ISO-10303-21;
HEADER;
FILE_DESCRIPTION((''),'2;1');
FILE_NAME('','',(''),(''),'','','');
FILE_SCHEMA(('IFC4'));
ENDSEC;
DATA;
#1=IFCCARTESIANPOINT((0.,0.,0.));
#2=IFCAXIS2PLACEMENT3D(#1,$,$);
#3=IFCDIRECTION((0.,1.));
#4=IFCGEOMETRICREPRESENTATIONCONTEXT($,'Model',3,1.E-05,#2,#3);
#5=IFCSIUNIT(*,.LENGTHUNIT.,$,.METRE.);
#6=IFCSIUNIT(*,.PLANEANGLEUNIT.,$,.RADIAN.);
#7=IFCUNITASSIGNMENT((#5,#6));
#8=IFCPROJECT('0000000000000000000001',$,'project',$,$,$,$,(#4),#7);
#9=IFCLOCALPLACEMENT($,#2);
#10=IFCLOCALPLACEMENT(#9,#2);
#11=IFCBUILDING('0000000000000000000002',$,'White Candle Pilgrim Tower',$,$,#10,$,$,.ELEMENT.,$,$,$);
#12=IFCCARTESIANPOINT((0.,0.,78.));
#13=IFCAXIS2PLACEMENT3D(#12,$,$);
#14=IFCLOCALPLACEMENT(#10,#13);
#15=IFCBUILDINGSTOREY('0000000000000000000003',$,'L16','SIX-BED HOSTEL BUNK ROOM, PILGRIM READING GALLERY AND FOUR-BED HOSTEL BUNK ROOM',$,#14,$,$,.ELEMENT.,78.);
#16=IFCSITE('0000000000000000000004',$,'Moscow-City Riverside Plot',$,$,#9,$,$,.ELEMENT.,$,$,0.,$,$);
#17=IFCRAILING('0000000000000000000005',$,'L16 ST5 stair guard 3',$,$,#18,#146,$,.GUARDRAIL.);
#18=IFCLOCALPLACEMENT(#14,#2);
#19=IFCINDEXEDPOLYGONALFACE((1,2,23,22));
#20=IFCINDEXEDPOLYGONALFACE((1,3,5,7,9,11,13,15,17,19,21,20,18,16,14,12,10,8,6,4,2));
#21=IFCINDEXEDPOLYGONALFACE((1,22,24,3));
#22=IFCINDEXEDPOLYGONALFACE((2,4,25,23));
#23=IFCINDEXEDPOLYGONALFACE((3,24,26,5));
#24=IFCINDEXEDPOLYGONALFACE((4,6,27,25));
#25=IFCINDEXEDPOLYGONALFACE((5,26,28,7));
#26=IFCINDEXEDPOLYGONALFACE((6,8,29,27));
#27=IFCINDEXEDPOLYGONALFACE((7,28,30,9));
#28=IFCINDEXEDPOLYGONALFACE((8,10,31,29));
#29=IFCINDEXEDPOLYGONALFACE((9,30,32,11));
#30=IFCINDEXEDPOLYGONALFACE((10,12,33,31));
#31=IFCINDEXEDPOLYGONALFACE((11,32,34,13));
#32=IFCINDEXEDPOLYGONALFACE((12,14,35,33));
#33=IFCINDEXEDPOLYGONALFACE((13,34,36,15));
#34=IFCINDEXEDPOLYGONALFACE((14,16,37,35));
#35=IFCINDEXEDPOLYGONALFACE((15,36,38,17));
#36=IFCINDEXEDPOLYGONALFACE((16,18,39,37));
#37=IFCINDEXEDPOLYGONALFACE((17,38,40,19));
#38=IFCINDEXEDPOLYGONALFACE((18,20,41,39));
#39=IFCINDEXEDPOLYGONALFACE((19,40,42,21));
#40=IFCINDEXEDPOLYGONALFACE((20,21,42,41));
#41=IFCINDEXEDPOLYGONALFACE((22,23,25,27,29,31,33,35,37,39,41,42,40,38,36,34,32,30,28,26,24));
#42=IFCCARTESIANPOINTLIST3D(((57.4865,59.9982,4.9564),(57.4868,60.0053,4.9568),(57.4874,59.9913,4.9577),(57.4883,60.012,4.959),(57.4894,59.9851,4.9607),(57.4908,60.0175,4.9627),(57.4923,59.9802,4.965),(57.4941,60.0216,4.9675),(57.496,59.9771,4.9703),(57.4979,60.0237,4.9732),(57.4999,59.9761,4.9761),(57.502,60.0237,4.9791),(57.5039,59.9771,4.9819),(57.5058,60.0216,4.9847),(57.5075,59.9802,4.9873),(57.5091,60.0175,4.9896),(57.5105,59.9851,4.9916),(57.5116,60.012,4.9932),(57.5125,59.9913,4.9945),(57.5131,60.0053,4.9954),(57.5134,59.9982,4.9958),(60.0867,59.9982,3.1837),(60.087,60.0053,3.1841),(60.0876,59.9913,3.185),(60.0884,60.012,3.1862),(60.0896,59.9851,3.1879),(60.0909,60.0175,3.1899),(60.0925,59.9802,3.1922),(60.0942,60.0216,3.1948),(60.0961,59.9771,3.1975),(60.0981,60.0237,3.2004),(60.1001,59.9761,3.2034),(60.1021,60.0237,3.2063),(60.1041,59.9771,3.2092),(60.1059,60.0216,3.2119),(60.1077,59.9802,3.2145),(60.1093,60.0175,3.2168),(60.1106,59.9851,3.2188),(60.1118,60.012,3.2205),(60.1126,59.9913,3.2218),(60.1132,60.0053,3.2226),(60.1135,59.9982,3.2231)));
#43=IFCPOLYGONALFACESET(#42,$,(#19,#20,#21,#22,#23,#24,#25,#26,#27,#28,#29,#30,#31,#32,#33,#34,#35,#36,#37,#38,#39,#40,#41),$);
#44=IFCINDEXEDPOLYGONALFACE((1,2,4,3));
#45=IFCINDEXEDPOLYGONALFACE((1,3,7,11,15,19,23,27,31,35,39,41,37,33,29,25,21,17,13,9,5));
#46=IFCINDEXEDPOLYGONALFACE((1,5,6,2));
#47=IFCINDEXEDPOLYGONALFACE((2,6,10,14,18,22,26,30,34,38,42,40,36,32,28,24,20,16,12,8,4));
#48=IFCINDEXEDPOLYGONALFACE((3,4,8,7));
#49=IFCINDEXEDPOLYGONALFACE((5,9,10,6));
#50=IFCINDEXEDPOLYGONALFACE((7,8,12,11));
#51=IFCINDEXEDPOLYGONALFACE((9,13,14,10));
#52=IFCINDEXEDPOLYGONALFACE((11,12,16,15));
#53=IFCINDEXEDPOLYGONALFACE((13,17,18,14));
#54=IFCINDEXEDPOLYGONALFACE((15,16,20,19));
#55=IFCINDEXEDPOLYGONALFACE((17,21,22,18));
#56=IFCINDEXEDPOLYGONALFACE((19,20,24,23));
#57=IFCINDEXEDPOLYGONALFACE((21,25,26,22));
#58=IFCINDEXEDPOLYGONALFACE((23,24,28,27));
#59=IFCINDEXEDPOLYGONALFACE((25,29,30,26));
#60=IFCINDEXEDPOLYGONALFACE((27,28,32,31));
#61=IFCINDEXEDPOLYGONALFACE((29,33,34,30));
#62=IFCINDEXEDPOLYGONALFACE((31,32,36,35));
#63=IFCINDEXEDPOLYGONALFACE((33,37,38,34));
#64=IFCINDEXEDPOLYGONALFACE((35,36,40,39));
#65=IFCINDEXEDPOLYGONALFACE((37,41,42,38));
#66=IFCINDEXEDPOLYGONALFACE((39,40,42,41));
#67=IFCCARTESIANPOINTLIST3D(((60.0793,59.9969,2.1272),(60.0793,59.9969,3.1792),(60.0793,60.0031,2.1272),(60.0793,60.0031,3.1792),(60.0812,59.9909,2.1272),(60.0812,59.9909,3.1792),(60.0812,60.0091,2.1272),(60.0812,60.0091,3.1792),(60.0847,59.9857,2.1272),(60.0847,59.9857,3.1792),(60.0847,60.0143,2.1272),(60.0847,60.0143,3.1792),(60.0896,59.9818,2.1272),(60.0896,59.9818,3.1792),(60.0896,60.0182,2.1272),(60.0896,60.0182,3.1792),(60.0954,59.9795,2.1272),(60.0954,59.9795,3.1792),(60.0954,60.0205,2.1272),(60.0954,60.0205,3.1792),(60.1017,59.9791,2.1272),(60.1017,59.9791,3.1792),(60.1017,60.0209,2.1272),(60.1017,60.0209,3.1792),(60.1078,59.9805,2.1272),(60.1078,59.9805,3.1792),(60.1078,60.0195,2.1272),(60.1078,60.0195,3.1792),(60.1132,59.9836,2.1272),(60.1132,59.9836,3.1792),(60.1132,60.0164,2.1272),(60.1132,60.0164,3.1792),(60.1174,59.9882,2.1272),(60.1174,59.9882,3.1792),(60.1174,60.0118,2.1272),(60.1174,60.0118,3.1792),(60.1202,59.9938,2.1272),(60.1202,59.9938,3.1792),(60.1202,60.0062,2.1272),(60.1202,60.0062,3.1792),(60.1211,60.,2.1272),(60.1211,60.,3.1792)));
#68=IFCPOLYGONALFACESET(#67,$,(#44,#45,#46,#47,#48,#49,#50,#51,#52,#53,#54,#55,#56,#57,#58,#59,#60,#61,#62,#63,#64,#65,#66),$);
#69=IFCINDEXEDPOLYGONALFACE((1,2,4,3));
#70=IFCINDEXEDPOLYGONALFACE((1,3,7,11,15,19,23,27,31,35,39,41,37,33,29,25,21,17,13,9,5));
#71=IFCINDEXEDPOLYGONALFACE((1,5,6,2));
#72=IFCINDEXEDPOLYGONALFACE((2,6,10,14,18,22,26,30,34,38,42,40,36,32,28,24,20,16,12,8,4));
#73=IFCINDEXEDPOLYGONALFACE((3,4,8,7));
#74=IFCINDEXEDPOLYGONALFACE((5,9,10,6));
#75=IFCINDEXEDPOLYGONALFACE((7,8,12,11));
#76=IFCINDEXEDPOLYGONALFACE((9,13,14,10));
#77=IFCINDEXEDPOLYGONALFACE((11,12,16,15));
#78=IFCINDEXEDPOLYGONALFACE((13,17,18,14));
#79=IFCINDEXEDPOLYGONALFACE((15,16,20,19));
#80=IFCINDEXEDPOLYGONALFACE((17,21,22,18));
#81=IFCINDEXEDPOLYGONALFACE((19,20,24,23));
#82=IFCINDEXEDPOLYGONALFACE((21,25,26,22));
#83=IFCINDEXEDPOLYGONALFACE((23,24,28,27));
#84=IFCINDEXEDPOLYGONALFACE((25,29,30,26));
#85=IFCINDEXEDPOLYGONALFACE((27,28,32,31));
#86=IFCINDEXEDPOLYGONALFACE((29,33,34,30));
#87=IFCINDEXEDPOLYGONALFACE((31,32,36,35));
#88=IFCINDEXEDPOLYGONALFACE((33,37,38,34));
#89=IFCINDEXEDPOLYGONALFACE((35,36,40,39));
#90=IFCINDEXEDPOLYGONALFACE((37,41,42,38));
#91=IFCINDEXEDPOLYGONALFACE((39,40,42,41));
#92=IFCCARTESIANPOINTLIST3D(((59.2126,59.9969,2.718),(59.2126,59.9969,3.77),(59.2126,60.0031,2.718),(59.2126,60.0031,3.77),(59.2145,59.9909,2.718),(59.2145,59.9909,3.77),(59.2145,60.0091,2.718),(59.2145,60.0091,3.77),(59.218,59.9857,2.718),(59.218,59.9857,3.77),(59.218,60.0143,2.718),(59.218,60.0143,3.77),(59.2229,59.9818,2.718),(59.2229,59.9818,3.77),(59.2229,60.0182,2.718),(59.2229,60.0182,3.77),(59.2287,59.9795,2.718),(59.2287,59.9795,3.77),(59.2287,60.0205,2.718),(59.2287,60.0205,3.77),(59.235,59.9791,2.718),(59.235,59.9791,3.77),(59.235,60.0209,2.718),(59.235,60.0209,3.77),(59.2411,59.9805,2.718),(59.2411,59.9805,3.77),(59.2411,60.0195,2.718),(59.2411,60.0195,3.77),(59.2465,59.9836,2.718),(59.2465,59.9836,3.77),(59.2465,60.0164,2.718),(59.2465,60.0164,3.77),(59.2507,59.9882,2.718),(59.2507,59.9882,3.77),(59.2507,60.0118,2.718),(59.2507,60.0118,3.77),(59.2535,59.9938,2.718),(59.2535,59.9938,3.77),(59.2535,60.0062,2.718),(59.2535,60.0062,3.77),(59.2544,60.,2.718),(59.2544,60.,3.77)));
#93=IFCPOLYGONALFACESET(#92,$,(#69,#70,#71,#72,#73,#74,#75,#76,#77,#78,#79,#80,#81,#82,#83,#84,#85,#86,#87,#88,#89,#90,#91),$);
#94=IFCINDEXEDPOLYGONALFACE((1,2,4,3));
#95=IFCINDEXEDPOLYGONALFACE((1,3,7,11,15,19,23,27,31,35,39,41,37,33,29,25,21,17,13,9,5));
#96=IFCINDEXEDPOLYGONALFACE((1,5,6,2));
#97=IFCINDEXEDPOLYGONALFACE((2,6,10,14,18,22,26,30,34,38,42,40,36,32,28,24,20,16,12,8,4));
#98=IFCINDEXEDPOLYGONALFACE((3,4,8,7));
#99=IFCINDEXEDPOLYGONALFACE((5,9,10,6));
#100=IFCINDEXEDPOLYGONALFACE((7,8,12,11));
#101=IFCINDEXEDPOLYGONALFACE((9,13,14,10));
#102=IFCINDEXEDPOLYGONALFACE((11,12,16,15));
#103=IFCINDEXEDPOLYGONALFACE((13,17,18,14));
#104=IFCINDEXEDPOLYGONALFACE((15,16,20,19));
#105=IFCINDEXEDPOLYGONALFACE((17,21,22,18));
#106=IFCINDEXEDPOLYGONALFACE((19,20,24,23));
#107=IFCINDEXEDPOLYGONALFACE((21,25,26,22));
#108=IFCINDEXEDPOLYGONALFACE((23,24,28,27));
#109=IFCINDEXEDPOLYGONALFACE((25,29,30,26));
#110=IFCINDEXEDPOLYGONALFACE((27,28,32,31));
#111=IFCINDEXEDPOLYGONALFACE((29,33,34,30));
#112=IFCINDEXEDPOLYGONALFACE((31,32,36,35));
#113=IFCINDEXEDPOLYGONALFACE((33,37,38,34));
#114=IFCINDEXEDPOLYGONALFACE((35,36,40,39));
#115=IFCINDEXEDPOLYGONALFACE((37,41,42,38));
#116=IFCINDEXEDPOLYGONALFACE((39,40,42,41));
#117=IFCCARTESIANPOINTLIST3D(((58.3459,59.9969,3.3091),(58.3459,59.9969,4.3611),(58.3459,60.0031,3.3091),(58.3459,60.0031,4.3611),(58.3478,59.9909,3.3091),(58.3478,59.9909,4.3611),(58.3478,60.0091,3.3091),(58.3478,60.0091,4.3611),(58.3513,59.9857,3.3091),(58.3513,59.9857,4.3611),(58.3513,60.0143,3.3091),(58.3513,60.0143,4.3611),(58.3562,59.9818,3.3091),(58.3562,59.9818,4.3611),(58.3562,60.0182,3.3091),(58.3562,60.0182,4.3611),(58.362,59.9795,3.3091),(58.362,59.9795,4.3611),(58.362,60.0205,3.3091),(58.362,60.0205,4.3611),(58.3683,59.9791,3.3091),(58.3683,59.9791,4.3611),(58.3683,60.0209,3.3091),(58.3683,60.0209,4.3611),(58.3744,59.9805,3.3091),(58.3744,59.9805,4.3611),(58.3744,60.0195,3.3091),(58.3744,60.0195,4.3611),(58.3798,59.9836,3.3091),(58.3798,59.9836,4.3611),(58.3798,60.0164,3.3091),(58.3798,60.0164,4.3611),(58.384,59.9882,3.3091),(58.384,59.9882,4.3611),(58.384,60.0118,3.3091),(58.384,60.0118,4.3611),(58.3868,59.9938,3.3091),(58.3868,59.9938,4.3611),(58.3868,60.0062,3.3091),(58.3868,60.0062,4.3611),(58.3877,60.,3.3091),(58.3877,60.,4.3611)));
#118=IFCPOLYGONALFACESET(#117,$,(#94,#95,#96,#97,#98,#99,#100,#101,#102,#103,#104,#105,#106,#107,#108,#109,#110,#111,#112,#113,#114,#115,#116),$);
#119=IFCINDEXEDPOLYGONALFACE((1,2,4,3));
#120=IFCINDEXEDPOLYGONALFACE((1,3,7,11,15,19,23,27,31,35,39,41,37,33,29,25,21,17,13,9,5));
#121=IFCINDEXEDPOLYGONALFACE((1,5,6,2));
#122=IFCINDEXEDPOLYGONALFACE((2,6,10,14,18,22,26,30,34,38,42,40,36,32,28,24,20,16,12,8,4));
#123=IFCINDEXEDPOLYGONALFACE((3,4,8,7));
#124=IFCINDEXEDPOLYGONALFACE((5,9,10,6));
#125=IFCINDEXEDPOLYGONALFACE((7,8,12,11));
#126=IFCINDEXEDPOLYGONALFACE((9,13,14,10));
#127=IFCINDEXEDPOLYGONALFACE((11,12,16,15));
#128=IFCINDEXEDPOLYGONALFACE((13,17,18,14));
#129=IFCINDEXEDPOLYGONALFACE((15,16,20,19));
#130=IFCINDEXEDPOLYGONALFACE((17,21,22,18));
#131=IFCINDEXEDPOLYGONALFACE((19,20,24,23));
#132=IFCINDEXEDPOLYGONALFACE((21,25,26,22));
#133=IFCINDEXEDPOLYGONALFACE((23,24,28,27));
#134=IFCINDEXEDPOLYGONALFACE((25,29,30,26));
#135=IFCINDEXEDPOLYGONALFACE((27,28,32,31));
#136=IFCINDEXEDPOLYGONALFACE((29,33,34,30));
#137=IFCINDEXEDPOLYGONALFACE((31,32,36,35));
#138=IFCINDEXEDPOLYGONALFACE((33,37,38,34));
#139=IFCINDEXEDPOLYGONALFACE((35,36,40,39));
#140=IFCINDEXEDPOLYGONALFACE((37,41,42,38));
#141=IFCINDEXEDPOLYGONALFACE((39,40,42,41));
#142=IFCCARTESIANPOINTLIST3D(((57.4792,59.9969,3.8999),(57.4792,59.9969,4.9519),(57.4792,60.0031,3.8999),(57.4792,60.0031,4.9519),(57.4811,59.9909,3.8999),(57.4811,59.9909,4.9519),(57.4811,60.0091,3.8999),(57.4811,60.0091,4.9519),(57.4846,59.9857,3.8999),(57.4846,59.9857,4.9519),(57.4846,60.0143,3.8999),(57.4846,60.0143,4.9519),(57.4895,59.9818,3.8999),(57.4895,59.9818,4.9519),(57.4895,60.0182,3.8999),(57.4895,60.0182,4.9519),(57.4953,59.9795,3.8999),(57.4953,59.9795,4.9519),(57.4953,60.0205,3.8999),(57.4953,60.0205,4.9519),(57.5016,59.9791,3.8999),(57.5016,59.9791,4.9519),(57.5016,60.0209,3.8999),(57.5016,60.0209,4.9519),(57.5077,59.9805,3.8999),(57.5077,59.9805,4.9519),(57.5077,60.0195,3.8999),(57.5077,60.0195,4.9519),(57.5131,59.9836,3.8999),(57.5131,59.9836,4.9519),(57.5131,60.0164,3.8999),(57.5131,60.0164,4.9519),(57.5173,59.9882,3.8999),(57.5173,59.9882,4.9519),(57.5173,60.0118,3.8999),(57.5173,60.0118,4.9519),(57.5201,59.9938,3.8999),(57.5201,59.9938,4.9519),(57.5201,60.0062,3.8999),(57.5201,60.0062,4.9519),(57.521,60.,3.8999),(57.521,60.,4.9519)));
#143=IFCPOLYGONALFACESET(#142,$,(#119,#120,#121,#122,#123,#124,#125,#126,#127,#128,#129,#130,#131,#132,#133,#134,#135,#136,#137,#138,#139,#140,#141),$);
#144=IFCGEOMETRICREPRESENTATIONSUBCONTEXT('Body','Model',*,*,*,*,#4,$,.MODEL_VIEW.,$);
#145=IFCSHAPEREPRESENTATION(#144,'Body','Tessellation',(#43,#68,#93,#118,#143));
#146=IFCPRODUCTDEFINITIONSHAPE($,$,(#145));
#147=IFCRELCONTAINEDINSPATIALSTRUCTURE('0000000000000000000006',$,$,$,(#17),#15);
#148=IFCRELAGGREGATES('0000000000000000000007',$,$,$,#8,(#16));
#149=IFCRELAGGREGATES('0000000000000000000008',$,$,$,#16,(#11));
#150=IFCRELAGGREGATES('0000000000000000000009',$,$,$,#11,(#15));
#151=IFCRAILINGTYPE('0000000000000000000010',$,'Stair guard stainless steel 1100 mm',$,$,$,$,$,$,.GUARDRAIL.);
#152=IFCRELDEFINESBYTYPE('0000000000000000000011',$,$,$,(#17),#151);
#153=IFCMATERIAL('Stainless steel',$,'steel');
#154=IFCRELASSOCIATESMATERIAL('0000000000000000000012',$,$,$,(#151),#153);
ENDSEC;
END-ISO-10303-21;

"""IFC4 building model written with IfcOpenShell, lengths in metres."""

from ifc_helpers import new_model, si_unit, direction, frame, origin, origin_2d, place, context, subcontext, project, spatial, circle, extrude, material, type_object, element, save


model = new_model("IFC4")

# Units and contexts
model_context = context("Model", 3, precision=1e-05, world=origin(), true_north=direction((0.0, 1.0)))
body_context = subcontext(model_context, "Body", "Model", "MODEL_VIEW")
ifc_project = project(units=[si_unit("LENGTHUNIT", "METRE"), si_unit("PLANEANGLEUNIT", "RADIAN")], contexts=[model_context])

# Site, building, storey
site_placement = place(None, origin())
site = spatial("IfcSite", under=ifc_project, at=site_placement, Name="Moscow-City Riverside Plot", CompositionType="ELEMENT", RefElevation=0.0)
building_placement = place(site_placement, origin())
building = spatial("IfcBuilding", under=site, at=building_placement, Name="White Candle Pilgrim Tower", CompositionType="ELEMENT")
storey_placement = place(building_placement, frame((0.0, 0.0, 78.0)))
storey = spatial("IfcBuildingStorey", under=building, at=storey_placement, Name="L16", Description="SIX-BED HOSTEL BUNK ROOM, PILGRIM READING GALLERY AND FOUR-BED HOSTEL BUNK ROOM", CompositionType="ELEMENT", Elevation=78.0)

# Railing
ifc_material_1 = material(Name="Stainless steel", Category="steel")
railing_type_1 = type_object("IfcRailingType", Name="Stair guard stainless steel 1100 mm", PredefinedType="GUARDRAIL", material=ifc_material_1)
railing_1_placement = place(storey_placement, frame((60.1001, 60.0, 2.1272)))
element("IfcRailing", 1, at=railing_1_placement, inside=storey, type_object=railing_type_1, Name="L16 ST5 stair guard 3", PredefinedType="GUARDRAIL", context=body_context, shape_type="SweptSolid", body=[
    extrude(circle(Radius=0.0239, at=origin_2d()), frame((0.0, 0.0, 1.0762), z_axis=(-0.82624, 0.0, 0.563318), x_axis=(0.0, -1.0, 0.0)), (0.0, 0.0, 1.0), 3.147),
    extrude(circle(Radius=0.021, at=origin_2d()), origin(), (0.0, 0.0, 1.0), 1.052),
    extrude(circle(Radius=0.021, at=origin_2d()), frame((-0.8667, 0.0, 0.5908)), (0.0, 0.0, 1.0), 1.052),
    extrude(circle(Radius=0.021, at=origin_2d()), frame((-1.7334, 0.0, 1.1819)), (0.0, 0.0, 1.0), 1.052),
    extrude(circle(Radius=0.021, at=origin_2d()), frame((-2.6001, 0.0, 1.7727)), (0.0, 0.0, 1.0), 1.052),
])

save(model, "model.ifc")
